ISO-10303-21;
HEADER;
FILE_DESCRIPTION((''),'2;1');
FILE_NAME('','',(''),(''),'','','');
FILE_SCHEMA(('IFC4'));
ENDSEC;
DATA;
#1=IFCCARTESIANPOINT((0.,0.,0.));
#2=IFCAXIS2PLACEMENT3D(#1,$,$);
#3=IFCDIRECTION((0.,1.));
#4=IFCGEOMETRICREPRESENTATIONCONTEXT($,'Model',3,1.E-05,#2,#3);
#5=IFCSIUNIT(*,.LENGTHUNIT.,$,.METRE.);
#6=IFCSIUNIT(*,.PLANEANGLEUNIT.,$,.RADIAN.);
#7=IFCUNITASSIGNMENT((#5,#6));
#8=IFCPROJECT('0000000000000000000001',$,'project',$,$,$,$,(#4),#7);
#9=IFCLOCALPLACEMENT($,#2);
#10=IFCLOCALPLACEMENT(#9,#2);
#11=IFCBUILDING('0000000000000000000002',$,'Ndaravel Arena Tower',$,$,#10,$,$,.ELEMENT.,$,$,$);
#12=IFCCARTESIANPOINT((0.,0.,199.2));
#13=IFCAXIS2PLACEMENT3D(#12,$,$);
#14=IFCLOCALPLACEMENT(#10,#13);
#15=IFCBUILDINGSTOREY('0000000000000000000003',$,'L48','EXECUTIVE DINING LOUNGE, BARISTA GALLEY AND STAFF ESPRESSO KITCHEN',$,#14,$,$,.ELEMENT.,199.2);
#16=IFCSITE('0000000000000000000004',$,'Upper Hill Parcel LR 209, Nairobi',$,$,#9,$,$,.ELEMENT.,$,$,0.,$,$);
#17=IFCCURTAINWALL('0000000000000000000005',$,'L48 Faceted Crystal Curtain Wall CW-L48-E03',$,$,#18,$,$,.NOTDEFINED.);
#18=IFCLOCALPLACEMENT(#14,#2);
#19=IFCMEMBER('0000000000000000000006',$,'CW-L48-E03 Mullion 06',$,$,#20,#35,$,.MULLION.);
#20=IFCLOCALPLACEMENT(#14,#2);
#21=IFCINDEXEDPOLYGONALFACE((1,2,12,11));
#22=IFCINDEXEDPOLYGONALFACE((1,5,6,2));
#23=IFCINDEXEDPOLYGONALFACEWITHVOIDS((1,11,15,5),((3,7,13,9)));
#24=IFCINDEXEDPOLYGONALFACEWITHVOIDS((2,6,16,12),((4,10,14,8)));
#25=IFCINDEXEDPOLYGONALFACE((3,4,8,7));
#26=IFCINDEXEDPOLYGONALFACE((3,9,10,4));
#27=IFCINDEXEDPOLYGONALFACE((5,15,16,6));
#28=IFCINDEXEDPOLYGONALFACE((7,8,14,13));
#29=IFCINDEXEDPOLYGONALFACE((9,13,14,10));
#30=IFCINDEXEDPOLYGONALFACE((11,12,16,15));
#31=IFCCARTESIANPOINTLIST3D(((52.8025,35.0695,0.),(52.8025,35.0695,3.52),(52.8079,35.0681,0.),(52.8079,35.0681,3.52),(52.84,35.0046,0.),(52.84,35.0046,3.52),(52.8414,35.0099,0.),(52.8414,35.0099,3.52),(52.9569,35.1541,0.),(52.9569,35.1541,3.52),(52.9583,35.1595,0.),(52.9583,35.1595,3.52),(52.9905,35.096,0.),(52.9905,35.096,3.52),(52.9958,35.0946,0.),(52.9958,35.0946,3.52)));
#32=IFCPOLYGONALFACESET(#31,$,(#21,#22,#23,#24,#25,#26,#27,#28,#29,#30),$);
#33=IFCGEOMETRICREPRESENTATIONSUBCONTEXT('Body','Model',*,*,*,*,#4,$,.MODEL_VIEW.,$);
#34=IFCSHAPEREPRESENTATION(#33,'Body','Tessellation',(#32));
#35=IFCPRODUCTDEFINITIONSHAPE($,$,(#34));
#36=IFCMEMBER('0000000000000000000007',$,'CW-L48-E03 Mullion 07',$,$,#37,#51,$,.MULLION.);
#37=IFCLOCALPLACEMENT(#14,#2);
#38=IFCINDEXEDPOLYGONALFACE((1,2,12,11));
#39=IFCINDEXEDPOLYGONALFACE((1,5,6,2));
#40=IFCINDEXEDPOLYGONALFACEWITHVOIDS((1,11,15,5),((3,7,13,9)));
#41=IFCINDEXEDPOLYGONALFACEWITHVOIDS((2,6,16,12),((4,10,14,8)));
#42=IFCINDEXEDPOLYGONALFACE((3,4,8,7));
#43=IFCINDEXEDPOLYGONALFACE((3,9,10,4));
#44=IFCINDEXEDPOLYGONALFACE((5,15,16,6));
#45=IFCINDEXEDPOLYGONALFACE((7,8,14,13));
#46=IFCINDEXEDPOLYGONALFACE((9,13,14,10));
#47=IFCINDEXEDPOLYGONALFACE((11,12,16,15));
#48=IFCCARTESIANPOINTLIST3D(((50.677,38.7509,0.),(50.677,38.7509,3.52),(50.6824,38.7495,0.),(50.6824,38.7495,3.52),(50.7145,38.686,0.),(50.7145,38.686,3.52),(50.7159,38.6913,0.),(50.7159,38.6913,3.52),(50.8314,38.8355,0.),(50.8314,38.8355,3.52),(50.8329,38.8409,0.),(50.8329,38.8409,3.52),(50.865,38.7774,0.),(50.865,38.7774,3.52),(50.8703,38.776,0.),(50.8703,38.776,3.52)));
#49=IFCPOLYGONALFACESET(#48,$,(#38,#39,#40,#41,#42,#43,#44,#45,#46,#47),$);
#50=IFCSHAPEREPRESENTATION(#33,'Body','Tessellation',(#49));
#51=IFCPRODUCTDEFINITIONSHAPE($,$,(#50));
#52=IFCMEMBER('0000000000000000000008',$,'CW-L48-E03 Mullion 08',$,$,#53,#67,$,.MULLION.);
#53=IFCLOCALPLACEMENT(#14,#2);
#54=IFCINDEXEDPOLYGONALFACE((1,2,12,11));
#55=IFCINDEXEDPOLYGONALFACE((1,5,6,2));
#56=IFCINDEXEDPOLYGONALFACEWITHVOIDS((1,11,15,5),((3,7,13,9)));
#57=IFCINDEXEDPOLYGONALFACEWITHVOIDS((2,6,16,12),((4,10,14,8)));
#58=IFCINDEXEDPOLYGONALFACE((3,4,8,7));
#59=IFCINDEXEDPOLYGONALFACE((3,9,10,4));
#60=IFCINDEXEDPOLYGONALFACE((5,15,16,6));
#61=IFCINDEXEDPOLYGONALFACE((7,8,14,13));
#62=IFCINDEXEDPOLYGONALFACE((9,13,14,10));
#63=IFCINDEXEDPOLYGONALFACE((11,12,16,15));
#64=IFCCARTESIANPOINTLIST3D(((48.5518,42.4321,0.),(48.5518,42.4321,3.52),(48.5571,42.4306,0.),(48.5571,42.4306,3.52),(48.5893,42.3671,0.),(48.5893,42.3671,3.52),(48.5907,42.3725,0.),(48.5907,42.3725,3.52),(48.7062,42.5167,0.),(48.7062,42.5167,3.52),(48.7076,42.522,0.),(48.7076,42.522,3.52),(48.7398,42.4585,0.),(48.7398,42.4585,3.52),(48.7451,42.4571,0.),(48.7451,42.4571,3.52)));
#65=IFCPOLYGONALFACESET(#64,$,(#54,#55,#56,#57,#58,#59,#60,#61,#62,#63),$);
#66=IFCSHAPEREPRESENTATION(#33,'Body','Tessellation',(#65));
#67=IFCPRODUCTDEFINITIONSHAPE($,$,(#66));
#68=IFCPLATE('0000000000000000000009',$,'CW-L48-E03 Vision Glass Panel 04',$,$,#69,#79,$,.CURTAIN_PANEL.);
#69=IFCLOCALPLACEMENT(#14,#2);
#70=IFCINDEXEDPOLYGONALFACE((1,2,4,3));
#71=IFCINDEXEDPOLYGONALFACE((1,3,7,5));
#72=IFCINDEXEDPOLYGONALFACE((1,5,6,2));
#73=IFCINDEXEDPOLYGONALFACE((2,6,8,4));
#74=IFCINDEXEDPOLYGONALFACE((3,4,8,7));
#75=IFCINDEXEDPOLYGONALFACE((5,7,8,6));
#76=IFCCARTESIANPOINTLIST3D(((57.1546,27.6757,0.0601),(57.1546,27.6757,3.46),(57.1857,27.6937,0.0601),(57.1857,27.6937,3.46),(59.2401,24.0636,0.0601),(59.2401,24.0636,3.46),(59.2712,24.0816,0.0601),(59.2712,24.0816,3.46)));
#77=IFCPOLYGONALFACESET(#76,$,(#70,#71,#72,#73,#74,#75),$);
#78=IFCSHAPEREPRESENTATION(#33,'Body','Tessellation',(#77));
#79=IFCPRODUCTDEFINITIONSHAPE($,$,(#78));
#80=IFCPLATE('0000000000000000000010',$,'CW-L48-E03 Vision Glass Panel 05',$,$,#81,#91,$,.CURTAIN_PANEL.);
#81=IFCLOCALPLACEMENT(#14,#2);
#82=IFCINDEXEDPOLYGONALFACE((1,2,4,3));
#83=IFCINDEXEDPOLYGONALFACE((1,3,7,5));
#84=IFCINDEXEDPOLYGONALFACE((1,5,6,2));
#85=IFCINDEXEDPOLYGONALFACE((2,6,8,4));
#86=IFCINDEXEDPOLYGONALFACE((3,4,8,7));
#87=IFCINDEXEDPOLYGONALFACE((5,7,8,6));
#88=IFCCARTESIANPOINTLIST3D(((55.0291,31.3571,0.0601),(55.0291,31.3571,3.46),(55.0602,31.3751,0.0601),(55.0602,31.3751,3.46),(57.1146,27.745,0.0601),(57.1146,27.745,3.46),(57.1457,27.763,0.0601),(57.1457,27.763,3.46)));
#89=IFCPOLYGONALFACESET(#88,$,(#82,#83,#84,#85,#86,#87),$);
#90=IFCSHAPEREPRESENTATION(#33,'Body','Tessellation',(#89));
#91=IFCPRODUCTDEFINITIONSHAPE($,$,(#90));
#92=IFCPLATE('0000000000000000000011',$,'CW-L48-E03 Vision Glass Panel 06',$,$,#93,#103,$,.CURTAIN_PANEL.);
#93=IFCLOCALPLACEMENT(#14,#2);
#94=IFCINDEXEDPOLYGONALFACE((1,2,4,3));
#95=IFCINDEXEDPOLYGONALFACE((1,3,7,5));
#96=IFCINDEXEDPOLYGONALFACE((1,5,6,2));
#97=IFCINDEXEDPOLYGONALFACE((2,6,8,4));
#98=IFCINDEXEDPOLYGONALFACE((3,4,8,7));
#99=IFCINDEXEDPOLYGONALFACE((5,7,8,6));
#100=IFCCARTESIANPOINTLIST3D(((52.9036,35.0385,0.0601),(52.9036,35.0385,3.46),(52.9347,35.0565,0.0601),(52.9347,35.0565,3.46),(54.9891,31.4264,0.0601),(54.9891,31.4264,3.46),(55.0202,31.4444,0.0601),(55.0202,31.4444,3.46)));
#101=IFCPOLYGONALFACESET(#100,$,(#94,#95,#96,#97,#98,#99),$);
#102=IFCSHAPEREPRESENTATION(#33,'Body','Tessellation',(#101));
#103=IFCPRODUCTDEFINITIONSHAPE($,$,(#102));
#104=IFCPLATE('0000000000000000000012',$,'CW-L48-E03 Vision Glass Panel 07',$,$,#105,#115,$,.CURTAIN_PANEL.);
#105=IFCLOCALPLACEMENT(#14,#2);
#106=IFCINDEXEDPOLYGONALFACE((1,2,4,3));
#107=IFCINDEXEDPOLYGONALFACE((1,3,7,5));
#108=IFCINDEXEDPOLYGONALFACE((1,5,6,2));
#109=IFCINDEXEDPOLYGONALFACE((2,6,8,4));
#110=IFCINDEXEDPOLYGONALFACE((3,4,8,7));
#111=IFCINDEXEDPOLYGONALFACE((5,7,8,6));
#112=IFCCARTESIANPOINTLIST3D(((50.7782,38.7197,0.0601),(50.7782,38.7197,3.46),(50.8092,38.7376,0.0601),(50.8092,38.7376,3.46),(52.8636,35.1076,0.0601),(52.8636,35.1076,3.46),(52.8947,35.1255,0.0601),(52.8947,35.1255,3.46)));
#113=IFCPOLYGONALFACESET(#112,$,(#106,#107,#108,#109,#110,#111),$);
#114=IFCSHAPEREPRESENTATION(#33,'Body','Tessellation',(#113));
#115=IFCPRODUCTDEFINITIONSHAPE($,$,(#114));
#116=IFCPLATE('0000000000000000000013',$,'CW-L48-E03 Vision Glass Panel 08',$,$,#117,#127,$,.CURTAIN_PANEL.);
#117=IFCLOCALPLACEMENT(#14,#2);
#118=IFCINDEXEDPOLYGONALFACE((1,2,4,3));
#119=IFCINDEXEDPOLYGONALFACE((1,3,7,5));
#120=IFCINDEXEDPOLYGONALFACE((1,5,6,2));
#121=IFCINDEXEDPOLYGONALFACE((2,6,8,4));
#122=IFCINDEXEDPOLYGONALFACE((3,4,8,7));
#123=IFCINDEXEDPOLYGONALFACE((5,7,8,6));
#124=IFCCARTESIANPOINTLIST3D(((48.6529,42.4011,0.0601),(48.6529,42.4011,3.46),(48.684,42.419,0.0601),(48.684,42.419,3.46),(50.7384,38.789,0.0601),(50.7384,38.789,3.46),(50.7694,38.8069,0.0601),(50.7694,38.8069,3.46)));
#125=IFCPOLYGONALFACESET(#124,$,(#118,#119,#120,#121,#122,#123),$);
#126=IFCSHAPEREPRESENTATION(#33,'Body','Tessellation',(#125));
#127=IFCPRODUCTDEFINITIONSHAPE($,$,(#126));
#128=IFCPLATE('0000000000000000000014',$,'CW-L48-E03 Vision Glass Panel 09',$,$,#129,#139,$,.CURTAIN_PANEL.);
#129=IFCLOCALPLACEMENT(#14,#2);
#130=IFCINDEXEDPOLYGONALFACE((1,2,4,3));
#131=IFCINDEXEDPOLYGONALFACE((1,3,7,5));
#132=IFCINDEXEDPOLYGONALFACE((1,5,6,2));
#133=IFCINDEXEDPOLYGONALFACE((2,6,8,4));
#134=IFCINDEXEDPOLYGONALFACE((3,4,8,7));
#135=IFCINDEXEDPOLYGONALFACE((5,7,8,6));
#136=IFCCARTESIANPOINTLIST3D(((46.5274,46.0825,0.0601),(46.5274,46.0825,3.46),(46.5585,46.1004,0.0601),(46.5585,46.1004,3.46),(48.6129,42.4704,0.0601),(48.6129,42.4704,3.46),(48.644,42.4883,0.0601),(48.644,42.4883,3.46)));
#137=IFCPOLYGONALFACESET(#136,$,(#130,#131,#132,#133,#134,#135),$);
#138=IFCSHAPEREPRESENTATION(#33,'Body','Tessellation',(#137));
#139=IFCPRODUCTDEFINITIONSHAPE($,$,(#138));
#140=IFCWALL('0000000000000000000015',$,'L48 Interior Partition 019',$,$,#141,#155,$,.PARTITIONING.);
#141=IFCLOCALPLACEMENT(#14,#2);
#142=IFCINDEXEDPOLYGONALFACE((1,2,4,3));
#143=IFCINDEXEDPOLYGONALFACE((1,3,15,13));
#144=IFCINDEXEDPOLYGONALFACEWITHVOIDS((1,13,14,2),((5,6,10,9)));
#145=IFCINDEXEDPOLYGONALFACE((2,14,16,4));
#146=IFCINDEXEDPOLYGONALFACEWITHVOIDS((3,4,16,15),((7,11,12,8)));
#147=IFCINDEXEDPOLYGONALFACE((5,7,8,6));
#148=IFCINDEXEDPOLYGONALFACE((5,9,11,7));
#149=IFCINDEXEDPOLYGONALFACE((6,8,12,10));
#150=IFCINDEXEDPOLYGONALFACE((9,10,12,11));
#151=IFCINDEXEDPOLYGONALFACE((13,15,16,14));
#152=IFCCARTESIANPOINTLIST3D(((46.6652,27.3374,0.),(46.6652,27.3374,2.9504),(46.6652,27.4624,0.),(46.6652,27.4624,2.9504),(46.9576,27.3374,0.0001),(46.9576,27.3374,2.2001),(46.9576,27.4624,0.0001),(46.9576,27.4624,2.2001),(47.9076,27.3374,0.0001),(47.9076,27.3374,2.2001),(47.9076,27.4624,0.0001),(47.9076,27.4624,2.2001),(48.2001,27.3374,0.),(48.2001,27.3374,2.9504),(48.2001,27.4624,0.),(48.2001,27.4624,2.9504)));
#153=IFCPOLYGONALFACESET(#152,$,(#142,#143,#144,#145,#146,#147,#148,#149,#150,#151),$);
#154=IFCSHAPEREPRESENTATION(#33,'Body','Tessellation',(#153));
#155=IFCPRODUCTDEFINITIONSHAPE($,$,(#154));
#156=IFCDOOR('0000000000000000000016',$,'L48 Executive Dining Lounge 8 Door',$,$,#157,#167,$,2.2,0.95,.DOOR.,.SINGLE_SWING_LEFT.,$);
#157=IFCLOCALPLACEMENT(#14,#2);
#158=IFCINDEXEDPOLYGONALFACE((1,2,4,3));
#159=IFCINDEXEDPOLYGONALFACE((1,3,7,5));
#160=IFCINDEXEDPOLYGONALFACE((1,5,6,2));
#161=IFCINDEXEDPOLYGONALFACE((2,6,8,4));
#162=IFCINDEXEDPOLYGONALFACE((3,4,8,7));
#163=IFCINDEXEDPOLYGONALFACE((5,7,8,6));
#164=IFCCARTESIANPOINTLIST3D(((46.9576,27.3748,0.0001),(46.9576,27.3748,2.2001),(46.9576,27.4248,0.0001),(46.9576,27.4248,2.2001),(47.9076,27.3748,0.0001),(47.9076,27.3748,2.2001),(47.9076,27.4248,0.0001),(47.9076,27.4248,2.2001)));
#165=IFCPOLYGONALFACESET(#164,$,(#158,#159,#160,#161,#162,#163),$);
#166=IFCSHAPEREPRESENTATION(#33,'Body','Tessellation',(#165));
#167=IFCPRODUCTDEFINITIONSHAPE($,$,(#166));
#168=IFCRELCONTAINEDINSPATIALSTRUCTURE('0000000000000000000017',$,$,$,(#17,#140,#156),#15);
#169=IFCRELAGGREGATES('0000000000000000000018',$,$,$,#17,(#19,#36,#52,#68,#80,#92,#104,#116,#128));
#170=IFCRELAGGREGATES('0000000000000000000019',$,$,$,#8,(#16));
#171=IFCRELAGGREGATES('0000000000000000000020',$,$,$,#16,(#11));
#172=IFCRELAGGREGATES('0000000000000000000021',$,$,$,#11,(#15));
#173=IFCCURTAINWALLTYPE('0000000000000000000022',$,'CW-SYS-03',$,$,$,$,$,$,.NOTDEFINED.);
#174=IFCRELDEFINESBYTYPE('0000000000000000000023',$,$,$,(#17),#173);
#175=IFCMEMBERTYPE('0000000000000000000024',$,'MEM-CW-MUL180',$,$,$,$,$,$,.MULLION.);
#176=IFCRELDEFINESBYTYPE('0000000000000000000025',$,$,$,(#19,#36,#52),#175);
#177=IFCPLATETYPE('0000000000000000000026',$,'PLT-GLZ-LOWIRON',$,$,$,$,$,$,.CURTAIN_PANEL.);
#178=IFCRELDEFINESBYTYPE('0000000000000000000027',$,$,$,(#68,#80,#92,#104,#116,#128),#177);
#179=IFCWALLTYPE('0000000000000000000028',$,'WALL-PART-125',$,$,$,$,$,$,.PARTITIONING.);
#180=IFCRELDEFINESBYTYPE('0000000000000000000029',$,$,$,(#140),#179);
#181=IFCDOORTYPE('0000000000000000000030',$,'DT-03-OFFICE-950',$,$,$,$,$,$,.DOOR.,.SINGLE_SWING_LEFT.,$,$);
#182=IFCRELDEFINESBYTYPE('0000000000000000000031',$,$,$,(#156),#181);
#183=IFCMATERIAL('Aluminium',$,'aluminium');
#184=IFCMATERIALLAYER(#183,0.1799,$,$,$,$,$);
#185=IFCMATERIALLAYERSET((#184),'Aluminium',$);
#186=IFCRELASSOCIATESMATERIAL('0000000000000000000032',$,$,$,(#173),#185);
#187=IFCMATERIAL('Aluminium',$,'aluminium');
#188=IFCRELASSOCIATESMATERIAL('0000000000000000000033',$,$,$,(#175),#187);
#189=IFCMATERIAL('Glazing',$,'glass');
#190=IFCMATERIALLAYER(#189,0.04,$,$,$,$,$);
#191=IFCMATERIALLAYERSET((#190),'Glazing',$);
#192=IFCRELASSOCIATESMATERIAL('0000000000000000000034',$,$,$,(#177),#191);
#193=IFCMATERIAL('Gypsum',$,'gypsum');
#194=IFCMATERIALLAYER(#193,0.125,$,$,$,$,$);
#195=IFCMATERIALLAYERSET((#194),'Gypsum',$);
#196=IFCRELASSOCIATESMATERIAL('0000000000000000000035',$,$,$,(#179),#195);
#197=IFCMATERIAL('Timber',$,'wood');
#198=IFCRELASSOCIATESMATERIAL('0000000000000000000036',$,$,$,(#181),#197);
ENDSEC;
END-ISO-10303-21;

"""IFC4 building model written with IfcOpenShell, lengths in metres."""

from ifc_helpers import new_model, si_unit, direction, frame, frame_2d, origin, origin_2d, place, context, subcontext, project, spatial, rectangle, hollow_rectangle, extrude, material, layer, layer_set, material_profile, profile_set, type_object, element, fill, aggregate, save


model = new_model("IFC4")

# Units and contexts
model_context = context("Model", 3, precision=1e-05, world=origin(), true_north=direction((0.0, 1.0)))
body_context = subcontext(model_context, "Body", "Model", "MODEL_VIEW")
ifc_project = project(units=[si_unit("LENGTHUNIT", "METRE"), si_unit("PLANEANGLEUNIT", "RADIAN")], contexts=[model_context])

# Site, building, storey
site_placement = place(None, origin())
site = spatial("IfcSite", under=ifc_project, at=site_placement, Name="Upper Hill Parcel LR 209, Nairobi", CompositionType="ELEMENT", RefElevation=0.0)
building_placement = place(site_placement, origin())
building = spatial("IfcBuilding", under=site, at=building_placement, Name="Ndaravel Arena Tower", CompositionType="ELEMENT")
storey_placement = place(building_placement, frame((0.0, 0.0, 199.2)))
storey = spatial("IfcBuildingStorey", under=building, at=storey_placement, Name="L48", Description="EXECUTIVE DINING LOUNGE, BARISTA GALLEY AND STAFF ESPRESSO KITCHEN", CompositionType="ELEMENT", Elevation=199.2)

# Curtain wall, members, plates
ifc_material_1 = material(Name="Aluminium", Category="aluminium")
ifc_layer_1 = layer(ifc_material_1, 0.1799)
ifc_layer_set_1 = layer_set([ifc_layer_1], Name="Aluminium")
curtain_wall_type = type_object("IfcCurtainWallType", Name="CW-SYS-03", PredefinedType="NOTDEFINED", material=ifc_layer_set_1)
curtain_wall_placement = place(storey_placement, origin())
curtain_wall = element("IfcCurtainWall", 1, at=curtain_wall_placement, inside=storey, type_object=curtain_wall_type, Name="L48 Faceted Crystal Curtain Wall CW-L48-E03", PredefinedType="NOTDEFINED")
ifc_material_2 = material(Name="Aluminium", Category="aluminium")
ifc_material_profile_1 = material_profile(ifc_material_2, hollow_rectangle(XDim=0.075, YDim=0.1799, WallThickness=0.0039, at=origin_2d()), Name="CW MULLION 75x180x4")
ifc_profile_set_1 = profile_set([ifc_material_profile_1], Name="Aluminium")
member_type = type_object("IfcMemberType", Name="MEM-CW-MUL180", PredefinedType="MULLION", material=ifc_profile_set_1)
member_1_placement = place(storey_placement, frame((52.8992, 35.082, 0.0), z_axis=(0.0, 0.0, 1.0), x_axis=(-0.5, 0.866025, 0.0)))
member_1 = element("IfcMember", 2, at=member_1_placement, type_object=member_type, Name="CW-L48-E03 Mullion 06", PredefinedType="MULLION", context=body_context, shape_type="SweptSolid", body=[
    extrude(hollow_rectangle(XDim=0.075, YDim=0.1799, WallThickness=0.0039, at=origin_2d()), origin(), (0.0, 0.0, 1.0), 3.52),
])
member_2_placement = place(storey_placement, frame((50.7737, 38.7634, 0.0), z_axis=(0.0, 0.0, 1.0), x_axis=(-0.5, 0.866025, 0.0)))
member_2 = element("IfcMember", 3, at=member_2_placement, type_object=member_type, Name="CW-L48-E03 Mullion 07", PredefinedType="MULLION", context=body_context, shape_type="SweptSolid", body=[
    extrude(hollow_rectangle(XDim=0.075, YDim=0.1799, WallThickness=0.0039, at=origin_2d()), origin(), (0.0, 0.0, 1.0), 3.52),
])
member_3_placement = place(storey_placement, frame((48.6484, 42.4446, 0.0), z_axis=(0.0, 0.0, 1.0), x_axis=(-0.5, 0.866025, 0.0)))
member_3 = element("IfcMember", 4, at=member_3_placement, type_object=member_type, Name="CW-L48-E03 Mullion 08", PredefinedType="MULLION", context=body_context, shape_type="SweptSolid", body=[
    extrude(hollow_rectangle(XDim=0.075, YDim=0.1799, WallThickness=0.0039, at=origin_2d()), origin(), (0.0, 0.0, 1.0), 3.52),
])
ifc_material_3 = material(Name="Glazing", Category="glass")
ifc_layer_2 = layer(ifc_material_3, 0.04)
ifc_layer_set_2 = layer_set([ifc_layer_2], Name="Glazing")
plate_type = type_object("IfcPlateType", Name="PLT-GLZ-LOWIRON", PredefinedType="CURTAIN_PANEL", material=ifc_layer_set_2)
plate_1_placement = place(storey_placement, frame((58.2129, 25.8787, 0.0601), z_axis=(0.0, 0.0, 1.0), x_axis=(-0.5, 0.866025, 0.0)))
plate_1 = element("IfcPlate", 5, at=plate_1_placement, type_object=plate_type, Name="CW-L48-E03 Vision Glass Panel 04", PredefinedType="CURTAIN_PANEL", context=body_context, shape_type="SweptSolid", body=[
    extrude(rectangle(XDim=4.1709, YDim=0.0359, at=origin_2d()), origin(), (0.0, 0.0, 1.0), 3.3999),
])
plate_2_placement = place(storey_placement, frame((56.0874, 29.5601, 0.0601), z_axis=(0.0, 0.0, 1.0), x_axis=(-0.5, 0.866025, 0.0)))
plate_2 = element("IfcPlate", 6, at=plate_2_placement, type_object=plate_type, Name="CW-L48-E03 Vision Glass Panel 05", PredefinedType="CURTAIN_PANEL", context=body_context, shape_type="SweptSolid", body=[
    extrude(rectangle(XDim=4.1709, YDim=0.0359, at=origin_2d()), origin(), (0.0, 0.0, 1.0), 3.3999),
])
plate_3_placement = place(storey_placement, frame((53.9619, 33.2415, 0.0601), z_axis=(0.0, 0.0, 1.0), x_axis=(-0.5, 0.866025, 0.0)))
plate_3 = element("IfcPlate", 7, at=plate_3_placement, type_object=plate_type, Name="CW-L48-E03 Vision Glass Panel 06", PredefinedType="CURTAIN_PANEL", context=body_context, shape_type="SweptSolid", body=[
    extrude(rectangle(XDim=4.1709, YDim=0.0359, at=origin_2d()), origin(), (0.0, 0.0, 1.0), 3.3999),
])
plate_4_placement = place(storey_placement, frame((51.8364, 36.9226, 0.0601), z_axis=(0.0, 0.0, 1.0), x_axis=(-0.5, 0.866025, 0.0)))
plate_4 = element("IfcPlate", 8, at=plate_4_placement, type_object=plate_type, Name="CW-L48-E03 Vision Glass Panel 07", PredefinedType="CURTAIN_PANEL", context=body_context, shape_type="SweptSolid", body=[
    extrude(rectangle(XDim=4.1709, YDim=0.0359, at=origin_2d()), origin(), (0.0, 0.0, 1.0), 3.3999),
])
plate_5_placement = place(storey_placement, frame((49.7112, 40.604, 0.0601), z_axis=(0.0, 0.0, 1.0), x_axis=(-0.5, 0.866025, 0.0)))
plate_5 = element("IfcPlate", 9, at=plate_5_placement, type_object=plate_type, Name="CW-L48-E03 Vision Glass Panel 08", PredefinedType="CURTAIN_PANEL", context=body_context, shape_type="SweptSolid", body=[
    extrude(rectangle(XDim=4.1709, YDim=0.0359, at=origin_2d()), origin(), (0.0, 0.0, 1.0), 3.3999),
])
plate_6_placement = place(storey_placement, frame((47.5857, 44.2854, 0.0601), z_axis=(0.0, 0.0, 1.0), x_axis=(-0.5, 0.866025, 0.0)))
plate_6 = element("IfcPlate", 10, at=plate_6_placement, type_object=plate_type, Name="CW-L48-E03 Vision Glass Panel 09", PredefinedType="CURTAIN_PANEL", context=body_context, shape_type="SweptSolid", body=[
    extrude(rectangle(XDim=4.1709, YDim=0.0359, at=origin_2d()), origin(), (0.0, 0.0, 1.0), 3.3999),
])
aggregate(curtain_wall, [member_1, member_2, member_3, plate_1, plate_2, plate_3, plate_4, plate_5, plate_6])

# Wall, opening, door
ifc_material_4 = material(Name="Gypsum", Category="gypsum")
ifc_layer_3 = layer(ifc_material_4, 0.125)
ifc_layer_set_3 = layer_set([ifc_layer_3], Name="Gypsum")
wall_type = type_object("IfcWallType", Name="WALL-PART-125", PredefinedType="PARTITIONING", material=ifc_layer_set_3)
wall_1_placement = place(storey_placement, frame((46.665, 27.3999, 0.0), z_axis=(0.0, 0.0, 1.0), x_axis=(1.0, 0.0, 0.0)))
wall_1 = element("IfcWall", 11, at=wall_1_placement, inside=storey, type_object=wall_type, Name="L48 Interior Partition 019", PredefinedType="PARTITIONING", context=body_context, shape_type="SweptSolid", body=[
    extrude(rectangle(XDim=1.5349, YDim=0.125, at=frame_2d((0.7676, 0.0))), origin(), (0.0, 0.0, 1.0), 2.9504),
])
opening_1_placement = place(wall_1_placement, frame((0.2925, 0.0, 0.0)))
opening_1 = element("IfcOpeningElement", 12, at=opening_1_placement, cuts=wall_1, PredefinedType="OPENING", context=body_context, shape_type="SweptSolid", body=[
    extrude(rectangle(XDim=0.95, YDim=2.2, at=frame_2d((0.4751, 1.1001))), frame((0.0, 0.0625, 0.0), z_axis=(0.0, -1.0, 0.0), x_axis=(1.0, 0.0, 0.0)), (0.0, 0.0, 1.0), 0.125),
])
ifc_material_5 = material(Name="Timber", Category="wood")
door_type = type_object("IfcDoorType", Name="DT-03-OFFICE-950", OperationType="SINGLE_SWING_LEFT", PredefinedType="DOOR", material=ifc_material_5)
door_1_placement = place(opening_1_placement, origin())
door_1 = element("IfcDoor", 13, at=door_1_placement, inside=storey, type_object=door_type, Name="L48 Executive Dining Lounge 8 Door", OperationType="SINGLE_SWING_LEFT", OverallHeight=2.2, OverallWidth=0.95, PredefinedType="DOOR", context=body_context, shape_type="SweptSolid", body=[
    extrude(rectangle(XDim=0.95, YDim=2.2, at=frame_2d((0.4751, 1.1001))), frame((0.0, 0.0249, 0.0), z_axis=(0.0, -1.0, 0.0), x_axis=(1.0, 0.0, 0.0)), (0.0, 0.0, 1.0), 0.05),
])
fill(opening_1, door_1)

save(model, "model.ifc")
